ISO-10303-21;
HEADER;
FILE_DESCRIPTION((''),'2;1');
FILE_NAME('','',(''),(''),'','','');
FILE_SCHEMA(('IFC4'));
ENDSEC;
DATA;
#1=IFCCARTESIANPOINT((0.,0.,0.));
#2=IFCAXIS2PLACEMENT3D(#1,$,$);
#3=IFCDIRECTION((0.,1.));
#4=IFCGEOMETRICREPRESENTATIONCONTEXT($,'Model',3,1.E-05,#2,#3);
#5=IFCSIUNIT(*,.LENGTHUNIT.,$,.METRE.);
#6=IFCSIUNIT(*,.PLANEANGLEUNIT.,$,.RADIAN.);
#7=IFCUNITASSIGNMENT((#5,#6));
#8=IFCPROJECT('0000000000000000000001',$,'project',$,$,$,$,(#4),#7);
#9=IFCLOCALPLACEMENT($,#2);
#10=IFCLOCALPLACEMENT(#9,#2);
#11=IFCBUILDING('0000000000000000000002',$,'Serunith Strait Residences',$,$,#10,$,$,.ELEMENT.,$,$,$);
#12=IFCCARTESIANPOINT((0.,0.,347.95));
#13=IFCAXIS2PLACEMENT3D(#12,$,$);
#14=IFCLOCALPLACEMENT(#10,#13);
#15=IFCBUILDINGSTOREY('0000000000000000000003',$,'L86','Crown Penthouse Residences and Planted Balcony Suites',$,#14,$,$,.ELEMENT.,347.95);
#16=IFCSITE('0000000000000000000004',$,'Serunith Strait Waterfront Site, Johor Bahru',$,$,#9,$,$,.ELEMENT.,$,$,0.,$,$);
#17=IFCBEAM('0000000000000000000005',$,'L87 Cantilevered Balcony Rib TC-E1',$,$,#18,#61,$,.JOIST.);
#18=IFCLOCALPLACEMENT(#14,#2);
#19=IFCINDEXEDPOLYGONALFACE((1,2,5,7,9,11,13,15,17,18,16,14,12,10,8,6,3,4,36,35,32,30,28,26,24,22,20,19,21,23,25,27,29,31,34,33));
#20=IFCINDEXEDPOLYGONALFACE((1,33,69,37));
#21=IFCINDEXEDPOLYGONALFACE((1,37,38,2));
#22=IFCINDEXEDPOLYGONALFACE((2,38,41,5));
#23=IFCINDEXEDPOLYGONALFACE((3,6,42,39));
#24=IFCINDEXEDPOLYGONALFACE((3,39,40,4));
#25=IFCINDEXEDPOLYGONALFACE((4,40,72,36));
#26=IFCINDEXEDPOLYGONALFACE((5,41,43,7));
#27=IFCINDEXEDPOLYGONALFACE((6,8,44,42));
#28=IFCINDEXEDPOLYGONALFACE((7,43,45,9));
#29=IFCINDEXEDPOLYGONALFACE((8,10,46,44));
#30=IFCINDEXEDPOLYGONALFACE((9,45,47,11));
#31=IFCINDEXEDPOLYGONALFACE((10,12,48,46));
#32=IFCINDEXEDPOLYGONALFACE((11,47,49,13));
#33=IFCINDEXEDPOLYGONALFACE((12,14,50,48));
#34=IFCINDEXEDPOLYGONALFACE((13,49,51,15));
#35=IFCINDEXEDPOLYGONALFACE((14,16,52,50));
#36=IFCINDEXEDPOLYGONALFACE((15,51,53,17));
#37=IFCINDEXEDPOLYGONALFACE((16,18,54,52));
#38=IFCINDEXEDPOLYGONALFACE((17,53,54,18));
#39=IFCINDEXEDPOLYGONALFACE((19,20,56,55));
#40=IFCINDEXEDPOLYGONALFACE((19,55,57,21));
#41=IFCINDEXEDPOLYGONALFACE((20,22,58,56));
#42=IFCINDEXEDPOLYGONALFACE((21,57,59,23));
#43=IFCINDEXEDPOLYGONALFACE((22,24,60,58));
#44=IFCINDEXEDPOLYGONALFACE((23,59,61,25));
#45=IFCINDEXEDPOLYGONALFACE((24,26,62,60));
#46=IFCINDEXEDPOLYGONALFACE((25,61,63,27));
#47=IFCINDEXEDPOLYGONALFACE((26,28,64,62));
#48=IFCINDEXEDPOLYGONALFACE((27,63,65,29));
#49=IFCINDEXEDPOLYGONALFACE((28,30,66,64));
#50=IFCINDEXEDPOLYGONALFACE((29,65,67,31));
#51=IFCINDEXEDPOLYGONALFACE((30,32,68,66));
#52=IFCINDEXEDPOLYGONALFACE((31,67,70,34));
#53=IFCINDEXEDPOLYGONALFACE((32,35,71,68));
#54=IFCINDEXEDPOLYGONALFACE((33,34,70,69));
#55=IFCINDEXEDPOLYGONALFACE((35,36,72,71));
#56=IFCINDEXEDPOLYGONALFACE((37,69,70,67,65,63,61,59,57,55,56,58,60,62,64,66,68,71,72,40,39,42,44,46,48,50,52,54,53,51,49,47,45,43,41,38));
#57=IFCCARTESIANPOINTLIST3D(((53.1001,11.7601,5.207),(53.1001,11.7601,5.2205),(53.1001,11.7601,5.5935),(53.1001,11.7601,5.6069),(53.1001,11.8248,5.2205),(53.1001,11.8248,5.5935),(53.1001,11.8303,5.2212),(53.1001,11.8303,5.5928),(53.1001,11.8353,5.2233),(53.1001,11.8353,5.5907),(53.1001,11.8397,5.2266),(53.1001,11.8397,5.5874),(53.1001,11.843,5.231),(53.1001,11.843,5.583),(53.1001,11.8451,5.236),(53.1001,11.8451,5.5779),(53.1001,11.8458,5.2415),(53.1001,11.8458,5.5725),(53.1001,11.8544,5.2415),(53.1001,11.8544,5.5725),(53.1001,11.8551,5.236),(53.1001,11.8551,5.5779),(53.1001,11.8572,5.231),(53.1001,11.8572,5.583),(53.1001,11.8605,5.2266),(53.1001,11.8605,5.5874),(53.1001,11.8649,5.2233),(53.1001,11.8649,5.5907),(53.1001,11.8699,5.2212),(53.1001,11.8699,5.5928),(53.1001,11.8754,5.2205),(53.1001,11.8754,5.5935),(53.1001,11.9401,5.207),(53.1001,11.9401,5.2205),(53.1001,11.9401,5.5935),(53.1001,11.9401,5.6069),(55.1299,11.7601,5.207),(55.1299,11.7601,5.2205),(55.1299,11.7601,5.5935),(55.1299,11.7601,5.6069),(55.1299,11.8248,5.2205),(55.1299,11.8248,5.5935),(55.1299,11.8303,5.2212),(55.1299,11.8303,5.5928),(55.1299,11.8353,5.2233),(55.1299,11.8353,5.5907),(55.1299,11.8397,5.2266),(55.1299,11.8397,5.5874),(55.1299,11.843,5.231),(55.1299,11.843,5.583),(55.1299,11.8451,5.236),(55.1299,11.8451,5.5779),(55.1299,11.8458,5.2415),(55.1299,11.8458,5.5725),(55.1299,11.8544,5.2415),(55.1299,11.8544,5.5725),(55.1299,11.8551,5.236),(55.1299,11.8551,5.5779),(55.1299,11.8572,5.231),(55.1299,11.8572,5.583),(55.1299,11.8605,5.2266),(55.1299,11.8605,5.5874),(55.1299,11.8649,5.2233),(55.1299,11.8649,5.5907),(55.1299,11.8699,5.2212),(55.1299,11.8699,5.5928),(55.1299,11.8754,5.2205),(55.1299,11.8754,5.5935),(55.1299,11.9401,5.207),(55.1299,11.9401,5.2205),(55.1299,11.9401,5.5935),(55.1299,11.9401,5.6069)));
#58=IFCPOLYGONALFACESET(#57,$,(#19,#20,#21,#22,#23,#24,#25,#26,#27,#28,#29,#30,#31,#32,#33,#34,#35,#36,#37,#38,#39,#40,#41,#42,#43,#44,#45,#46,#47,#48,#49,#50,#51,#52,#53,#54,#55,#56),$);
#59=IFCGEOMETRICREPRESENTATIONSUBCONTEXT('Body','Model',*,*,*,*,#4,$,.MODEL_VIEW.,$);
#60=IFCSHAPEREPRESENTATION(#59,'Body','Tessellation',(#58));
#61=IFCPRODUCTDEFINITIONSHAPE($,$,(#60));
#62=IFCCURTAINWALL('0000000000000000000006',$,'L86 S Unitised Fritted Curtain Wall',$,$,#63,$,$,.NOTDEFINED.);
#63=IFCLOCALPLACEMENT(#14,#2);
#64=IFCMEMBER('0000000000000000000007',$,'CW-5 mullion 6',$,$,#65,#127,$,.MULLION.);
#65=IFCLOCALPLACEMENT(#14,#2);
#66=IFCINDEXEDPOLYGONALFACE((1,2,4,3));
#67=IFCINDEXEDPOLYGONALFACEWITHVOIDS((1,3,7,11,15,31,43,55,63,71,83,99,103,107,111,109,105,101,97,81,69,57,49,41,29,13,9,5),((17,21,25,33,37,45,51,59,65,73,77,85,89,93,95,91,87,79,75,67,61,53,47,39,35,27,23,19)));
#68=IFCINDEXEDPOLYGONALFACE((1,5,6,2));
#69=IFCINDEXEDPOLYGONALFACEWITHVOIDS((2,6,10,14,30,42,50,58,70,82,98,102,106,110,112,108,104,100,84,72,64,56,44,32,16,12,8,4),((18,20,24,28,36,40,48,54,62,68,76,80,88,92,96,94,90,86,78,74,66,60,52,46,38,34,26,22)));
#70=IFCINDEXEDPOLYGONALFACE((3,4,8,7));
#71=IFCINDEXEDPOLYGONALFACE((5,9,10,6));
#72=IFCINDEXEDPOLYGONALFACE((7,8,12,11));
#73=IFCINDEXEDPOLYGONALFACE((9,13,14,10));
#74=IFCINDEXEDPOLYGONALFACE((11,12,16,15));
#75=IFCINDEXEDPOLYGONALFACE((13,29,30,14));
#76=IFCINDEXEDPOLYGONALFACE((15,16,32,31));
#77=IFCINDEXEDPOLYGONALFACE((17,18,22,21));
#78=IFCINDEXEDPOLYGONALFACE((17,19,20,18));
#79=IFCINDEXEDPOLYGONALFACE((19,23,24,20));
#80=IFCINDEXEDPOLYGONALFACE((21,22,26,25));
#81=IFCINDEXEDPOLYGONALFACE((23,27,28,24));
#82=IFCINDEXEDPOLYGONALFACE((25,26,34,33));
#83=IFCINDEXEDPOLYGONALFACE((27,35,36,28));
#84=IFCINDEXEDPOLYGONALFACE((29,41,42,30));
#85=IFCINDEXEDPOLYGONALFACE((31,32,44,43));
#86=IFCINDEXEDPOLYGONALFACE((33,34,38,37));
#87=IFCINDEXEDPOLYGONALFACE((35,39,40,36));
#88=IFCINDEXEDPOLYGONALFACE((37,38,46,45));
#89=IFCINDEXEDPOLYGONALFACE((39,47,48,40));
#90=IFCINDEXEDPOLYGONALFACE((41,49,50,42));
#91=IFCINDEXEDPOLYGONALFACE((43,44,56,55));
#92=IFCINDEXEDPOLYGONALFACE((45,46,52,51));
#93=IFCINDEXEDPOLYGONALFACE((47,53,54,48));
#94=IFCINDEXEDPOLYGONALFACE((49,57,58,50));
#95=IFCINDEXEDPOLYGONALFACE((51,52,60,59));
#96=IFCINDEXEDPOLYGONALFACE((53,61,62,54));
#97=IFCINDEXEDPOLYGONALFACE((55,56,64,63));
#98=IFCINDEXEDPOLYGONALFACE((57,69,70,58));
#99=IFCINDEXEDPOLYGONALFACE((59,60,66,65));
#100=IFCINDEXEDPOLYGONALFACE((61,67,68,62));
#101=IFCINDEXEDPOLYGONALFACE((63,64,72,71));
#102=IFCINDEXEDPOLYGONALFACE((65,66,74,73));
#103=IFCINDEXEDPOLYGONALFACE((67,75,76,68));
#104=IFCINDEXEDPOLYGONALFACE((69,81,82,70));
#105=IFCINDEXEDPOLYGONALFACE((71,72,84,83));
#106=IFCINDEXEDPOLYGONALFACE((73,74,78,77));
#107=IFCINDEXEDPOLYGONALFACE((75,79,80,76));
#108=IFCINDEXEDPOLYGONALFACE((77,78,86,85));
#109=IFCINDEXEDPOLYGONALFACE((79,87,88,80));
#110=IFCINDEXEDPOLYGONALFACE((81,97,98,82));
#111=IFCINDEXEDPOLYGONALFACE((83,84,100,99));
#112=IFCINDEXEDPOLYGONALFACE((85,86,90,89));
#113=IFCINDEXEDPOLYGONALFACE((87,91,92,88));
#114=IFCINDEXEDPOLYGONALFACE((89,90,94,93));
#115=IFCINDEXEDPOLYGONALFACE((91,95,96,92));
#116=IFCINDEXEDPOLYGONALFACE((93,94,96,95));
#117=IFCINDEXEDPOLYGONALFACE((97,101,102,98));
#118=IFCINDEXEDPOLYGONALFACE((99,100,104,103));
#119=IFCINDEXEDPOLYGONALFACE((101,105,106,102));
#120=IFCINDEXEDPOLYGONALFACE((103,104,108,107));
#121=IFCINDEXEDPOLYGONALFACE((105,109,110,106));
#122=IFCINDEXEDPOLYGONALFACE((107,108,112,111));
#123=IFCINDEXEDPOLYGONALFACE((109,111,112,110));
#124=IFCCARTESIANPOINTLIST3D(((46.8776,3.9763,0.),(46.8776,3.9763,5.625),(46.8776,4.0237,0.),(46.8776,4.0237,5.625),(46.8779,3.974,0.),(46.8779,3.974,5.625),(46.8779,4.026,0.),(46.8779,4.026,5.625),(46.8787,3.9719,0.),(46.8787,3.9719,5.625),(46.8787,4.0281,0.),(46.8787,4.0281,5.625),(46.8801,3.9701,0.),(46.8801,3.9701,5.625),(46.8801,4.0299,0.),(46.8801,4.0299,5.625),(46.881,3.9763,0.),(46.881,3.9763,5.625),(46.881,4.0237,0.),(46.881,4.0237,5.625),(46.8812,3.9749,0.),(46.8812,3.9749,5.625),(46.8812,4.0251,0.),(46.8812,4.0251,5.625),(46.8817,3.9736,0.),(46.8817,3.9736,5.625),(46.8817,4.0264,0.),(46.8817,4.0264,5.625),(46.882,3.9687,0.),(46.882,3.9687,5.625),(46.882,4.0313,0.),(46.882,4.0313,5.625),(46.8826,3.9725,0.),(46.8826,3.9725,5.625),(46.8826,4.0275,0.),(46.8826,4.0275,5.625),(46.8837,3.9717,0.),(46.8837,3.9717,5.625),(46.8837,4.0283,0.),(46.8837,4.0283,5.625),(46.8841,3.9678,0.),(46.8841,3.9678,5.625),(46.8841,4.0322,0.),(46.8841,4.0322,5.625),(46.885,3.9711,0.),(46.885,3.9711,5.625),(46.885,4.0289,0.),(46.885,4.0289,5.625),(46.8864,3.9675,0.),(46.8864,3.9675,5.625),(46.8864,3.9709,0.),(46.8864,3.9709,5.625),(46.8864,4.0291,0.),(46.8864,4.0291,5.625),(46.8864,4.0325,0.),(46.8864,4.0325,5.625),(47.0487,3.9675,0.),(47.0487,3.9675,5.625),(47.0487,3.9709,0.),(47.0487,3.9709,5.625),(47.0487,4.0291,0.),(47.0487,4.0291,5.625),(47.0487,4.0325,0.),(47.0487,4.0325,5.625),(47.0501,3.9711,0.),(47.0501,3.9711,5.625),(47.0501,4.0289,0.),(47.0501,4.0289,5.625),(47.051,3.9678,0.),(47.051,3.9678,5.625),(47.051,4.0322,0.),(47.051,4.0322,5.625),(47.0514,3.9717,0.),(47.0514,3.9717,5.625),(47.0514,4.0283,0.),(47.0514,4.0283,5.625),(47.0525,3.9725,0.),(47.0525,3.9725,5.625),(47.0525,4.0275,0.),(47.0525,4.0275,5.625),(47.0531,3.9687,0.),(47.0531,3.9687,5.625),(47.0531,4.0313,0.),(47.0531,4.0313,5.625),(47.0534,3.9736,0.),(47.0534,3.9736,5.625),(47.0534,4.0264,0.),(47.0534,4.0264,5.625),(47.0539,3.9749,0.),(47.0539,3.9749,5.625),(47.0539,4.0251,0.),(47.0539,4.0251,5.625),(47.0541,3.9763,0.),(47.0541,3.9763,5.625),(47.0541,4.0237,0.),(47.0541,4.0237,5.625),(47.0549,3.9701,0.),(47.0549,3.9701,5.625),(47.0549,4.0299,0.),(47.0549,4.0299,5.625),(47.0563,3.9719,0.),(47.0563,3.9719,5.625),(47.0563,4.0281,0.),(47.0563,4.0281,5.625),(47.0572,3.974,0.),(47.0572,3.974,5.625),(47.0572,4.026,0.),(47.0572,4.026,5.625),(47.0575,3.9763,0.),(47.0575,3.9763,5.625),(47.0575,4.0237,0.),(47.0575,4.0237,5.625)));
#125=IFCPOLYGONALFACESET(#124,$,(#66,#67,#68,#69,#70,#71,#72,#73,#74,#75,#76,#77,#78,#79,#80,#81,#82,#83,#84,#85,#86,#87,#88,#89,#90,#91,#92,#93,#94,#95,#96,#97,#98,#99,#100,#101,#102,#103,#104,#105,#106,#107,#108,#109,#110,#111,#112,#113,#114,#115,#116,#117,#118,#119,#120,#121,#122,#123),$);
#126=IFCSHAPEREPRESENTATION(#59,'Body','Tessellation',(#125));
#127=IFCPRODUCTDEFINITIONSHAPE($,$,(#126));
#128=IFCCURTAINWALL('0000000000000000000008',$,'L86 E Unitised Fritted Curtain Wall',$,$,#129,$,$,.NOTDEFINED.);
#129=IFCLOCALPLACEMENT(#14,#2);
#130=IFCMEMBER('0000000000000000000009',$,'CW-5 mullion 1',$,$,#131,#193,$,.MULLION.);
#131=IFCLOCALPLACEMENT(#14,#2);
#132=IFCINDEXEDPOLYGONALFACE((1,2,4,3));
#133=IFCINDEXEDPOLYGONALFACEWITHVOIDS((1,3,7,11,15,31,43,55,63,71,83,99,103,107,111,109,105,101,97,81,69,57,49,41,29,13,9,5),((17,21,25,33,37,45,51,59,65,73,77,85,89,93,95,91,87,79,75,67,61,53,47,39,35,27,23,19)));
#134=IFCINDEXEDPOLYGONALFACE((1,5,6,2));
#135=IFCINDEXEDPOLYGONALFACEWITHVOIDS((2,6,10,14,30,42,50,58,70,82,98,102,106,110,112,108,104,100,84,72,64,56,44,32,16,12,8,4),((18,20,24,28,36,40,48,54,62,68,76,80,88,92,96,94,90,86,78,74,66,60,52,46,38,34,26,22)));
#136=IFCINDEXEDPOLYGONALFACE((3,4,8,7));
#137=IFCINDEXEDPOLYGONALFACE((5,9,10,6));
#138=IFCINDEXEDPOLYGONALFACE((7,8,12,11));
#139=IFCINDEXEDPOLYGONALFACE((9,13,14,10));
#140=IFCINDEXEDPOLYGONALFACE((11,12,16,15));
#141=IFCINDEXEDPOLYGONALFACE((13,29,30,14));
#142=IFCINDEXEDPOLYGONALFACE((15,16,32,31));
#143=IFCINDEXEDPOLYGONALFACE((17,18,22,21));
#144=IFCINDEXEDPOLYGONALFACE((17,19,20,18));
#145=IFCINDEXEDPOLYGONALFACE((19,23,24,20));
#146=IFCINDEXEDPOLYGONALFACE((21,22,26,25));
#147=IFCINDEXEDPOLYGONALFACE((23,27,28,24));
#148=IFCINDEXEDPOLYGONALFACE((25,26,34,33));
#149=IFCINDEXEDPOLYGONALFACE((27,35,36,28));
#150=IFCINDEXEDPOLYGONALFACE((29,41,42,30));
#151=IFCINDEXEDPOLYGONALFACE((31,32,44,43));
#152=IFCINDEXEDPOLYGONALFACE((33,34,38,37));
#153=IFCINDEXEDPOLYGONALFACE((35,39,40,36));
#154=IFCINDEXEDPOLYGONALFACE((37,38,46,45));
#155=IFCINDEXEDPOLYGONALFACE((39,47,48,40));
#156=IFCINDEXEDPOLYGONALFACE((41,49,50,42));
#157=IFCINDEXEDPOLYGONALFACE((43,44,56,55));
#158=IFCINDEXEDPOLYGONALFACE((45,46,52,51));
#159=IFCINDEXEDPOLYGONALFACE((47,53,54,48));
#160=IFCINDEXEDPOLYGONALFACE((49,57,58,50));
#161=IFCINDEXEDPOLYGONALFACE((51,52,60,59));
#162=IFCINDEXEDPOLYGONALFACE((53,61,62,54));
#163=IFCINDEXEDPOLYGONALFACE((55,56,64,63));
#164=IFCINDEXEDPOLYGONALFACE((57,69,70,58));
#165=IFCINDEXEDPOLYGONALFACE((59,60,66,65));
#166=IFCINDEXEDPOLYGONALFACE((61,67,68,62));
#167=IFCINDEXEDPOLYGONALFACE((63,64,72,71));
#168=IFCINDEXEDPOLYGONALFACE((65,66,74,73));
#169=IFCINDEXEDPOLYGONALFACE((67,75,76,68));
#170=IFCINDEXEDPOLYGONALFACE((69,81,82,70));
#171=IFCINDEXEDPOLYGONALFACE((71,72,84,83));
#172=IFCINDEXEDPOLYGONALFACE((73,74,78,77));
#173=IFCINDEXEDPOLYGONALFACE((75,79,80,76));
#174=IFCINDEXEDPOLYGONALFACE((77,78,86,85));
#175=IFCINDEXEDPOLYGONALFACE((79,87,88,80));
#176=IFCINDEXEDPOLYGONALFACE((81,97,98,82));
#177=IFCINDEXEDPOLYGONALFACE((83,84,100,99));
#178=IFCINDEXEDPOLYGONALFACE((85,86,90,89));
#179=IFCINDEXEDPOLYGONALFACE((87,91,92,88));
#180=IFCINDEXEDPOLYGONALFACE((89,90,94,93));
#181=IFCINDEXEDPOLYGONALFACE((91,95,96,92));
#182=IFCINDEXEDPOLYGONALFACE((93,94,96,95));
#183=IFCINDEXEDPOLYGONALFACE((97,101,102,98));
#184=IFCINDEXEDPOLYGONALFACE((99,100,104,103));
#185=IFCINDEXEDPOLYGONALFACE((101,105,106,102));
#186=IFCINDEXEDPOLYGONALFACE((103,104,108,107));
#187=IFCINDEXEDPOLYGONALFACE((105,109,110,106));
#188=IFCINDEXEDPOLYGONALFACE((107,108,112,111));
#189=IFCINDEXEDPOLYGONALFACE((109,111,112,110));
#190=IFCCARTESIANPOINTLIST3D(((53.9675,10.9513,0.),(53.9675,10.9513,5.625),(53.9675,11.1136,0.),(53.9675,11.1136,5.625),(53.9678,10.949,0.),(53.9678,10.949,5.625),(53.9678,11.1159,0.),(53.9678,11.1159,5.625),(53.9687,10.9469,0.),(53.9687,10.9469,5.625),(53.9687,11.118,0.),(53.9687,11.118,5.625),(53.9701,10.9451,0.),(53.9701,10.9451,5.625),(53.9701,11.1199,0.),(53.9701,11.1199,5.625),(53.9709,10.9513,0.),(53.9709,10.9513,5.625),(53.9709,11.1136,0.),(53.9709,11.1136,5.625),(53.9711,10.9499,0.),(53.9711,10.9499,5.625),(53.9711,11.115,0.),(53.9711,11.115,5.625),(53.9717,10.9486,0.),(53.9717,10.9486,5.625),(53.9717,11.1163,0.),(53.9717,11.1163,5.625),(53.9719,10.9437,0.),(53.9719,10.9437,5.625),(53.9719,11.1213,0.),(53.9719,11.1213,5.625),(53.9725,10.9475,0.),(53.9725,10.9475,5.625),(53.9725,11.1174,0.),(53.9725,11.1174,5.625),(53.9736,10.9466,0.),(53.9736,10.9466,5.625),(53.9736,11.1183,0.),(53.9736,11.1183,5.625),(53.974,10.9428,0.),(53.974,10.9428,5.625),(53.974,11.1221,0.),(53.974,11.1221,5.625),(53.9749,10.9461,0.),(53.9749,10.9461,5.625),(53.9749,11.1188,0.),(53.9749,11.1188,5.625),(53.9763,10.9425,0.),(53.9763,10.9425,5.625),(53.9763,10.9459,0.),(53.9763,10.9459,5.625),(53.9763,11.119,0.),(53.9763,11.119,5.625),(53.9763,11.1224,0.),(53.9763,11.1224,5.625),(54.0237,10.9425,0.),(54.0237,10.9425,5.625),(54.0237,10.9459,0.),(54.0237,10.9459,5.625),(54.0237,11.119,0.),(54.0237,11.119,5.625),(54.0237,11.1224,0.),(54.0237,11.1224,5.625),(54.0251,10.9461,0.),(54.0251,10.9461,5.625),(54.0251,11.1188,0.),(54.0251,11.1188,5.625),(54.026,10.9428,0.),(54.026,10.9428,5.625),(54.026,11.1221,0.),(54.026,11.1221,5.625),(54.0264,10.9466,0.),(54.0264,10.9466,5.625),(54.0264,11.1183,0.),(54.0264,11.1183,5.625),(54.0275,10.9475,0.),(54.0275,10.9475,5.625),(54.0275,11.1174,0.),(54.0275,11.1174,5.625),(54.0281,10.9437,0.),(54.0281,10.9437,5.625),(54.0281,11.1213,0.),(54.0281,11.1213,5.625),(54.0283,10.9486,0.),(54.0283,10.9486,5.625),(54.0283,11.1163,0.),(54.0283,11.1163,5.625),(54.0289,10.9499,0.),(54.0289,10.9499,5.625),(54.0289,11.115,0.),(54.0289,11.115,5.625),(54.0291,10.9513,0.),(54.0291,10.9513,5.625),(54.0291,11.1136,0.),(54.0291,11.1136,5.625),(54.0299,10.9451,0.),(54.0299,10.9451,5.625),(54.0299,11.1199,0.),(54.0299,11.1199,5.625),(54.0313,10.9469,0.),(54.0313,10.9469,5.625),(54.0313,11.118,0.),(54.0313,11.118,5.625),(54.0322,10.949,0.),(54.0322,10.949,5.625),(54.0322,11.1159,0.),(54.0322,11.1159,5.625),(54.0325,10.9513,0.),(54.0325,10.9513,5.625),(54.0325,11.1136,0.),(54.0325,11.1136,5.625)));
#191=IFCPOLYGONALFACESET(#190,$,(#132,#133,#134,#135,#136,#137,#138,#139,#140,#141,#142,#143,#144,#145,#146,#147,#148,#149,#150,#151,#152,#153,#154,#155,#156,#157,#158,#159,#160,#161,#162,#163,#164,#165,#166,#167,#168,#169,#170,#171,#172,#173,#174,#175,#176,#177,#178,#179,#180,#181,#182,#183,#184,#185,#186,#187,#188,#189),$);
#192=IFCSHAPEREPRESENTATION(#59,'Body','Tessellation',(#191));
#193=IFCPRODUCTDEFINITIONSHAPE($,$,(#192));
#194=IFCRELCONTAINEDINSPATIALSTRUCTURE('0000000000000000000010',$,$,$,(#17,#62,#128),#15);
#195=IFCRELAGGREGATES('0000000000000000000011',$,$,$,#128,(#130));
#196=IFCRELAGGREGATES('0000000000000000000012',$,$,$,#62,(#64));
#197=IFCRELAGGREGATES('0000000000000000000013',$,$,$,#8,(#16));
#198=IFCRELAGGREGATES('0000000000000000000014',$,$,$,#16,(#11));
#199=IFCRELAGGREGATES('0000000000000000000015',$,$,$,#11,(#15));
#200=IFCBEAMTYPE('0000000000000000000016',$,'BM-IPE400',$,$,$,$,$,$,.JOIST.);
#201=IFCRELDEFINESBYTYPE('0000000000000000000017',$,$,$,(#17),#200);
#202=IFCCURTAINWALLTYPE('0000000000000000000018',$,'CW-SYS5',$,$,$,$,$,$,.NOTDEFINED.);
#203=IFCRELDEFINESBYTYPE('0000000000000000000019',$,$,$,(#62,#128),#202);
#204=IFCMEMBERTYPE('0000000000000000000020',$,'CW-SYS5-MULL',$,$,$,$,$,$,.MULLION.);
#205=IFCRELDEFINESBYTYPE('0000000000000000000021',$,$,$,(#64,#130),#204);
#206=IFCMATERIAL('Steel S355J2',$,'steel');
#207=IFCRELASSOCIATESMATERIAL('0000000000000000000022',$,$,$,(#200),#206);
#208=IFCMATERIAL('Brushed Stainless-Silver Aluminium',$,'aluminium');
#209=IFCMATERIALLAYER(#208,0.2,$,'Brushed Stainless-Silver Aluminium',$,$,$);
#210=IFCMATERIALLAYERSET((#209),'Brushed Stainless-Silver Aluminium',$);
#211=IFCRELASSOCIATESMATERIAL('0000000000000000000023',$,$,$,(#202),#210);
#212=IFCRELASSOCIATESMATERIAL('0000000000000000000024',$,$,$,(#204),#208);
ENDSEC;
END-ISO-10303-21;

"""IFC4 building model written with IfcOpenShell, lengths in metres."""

from ifc_helpers import new_model, si_unit, direction, frame, origin, origin_2d, place, context, subcontext, project, spatial, hollow_rectangle, i_section, extrude, source, transform, mapped, material, layer, layer_set, material_profile, profile_set, type_object, element, aggregate, save


model = new_model("IFC4")

# Units and contexts
model_context = context("Model", 3, precision=1e-05, world=origin(), true_north=direction((0.0, 1.0)))
body_context = subcontext(model_context, "Body", "Model", "MODEL_VIEW")
ifc_project = project(units=[si_unit("LENGTHUNIT", "METRE"), si_unit("PLANEANGLEUNIT", "RADIAN")], contexts=[model_context])

# Site, building, storey
site_placement = place(None, origin())
site = spatial("IfcSite", under=ifc_project, at=site_placement, Name="Serunith Strait Waterfront Site, Johor Bahru", CompositionType="ELEMENT", RefElevation=0.0)
building_placement = place(site_placement, origin())
building = spatial("IfcBuilding", under=site, at=building_placement, Name="Serunith Strait Residences", CompositionType="ELEMENT")
storey_placement = place(building_placement, frame((0.0, 0.0, 347.95)))
storey = spatial("IfcBuildingStorey", under=building, at=storey_placement, Name="L86", Description="Crown Penthouse Residences and Planted Balcony Suites", CompositionType="ELEMENT", Elevation=347.95)

# Beam
ifc_material_1 = material(Name="Steel S355J2", Category="steel")
ifc_material_profile_1 = material_profile(ifc_material_1, i_section(OverallWidth=0.1799, OverallDepth=0.3999, WebThickness=0.0085, FlangeThickness=0.0134, FilletRadius=0.021, at=origin_2d()), Name="IPE 400")
ifc_profile_set_1 = profile_set([ifc_material_profile_1], Name="Steel S355J2")
beam_type_1 = type_object("IfcBeamType", Name="BM-IPE400", PredefinedType="JOIST", material=ifc_profile_set_1)
shared_shape_1 = source(origin(), body_context, "Body", "SweptSolid", [
    extrude(i_section(OverallWidth=0.1799, OverallDepth=0.3999, WebThickness=0.0085, FlangeThickness=0.0134, FilletRadius=0.021, at=origin_2d()), origin(), (0.0, 0.0, 1.0), 2.0298),
])
for number, where, z_axis, x_axis, name in (
    (1, (53.1001, 11.8501, 5.407), (1.0, 0.0, 0.0), (0.0, 1.0, 0.0), "L87 Cantilevered Balcony Rib TC-E1"),
):
    element("IfcBeam", number, at=place(storey_placement, frame(where, z_axis=z_axis, x_axis=x_axis)), inside=storey, type_object=beam_type_1, Name=name, PredefinedType="JOIST", context=body_context, shape_type="MappedRepresentation", body=[
        mapped(shared_shape_1, transform((0.0, 0.0, 0.0), scale=1.0)),
    ])

# Curtain wall, member
ifc_material_2 = material(Name="Brushed Stainless-Silver Aluminium", Category="aluminium")
ifc_layer_1 = layer(ifc_material_2, 0.2, Name="Brushed Stainless-Silver Aluminium")
ifc_layer_set_1 = layer_set([ifc_layer_1], Name="Brushed Stainless-Silver Aluminium")
curtain_wall_type = type_object("IfcCurtainWallType", Name="CW-SYS5", PredefinedType="NOTDEFINED", material=ifc_layer_set_1)
curtain_wall_1_placement = place(storey_placement, origin())
curtain_wall_1 = element("IfcCurtainWall", 2, at=curtain_wall_1_placement, inside=storey, type_object=curtain_wall_type, Name="L86 S Unitised Fritted Curtain Wall", PredefinedType="NOTDEFINED")
ifc_material_profile_2 = material_profile(ifc_material_2, hollow_rectangle(XDim=0.0649, YDim=0.1799, WallThickness=0.0034, InnerFilletRadius=0.0054, OuterFilletRadius=0.0088, at=origin_2d()), Name="ALU 180x65x3.5")
ifc_profile_set_2 = profile_set([ifc_material_profile_2], Name="Brushed Stainless-Silver Aluminium")
member_type_1 = type_object("IfcMemberType", Name="CW-SYS5-MULL", PredefinedType="MULLION", material=ifc_profile_set_2)
shared_shape_2 = source(origin(), body_context, "Body", "SweptSolid", [
    extrude(hollow_rectangle(XDim=0.0649, YDim=0.1799, WallThickness=0.0034, InnerFilletRadius=0.0054, OuterFilletRadius=0.0088, at=origin_2d()), origin(), (0.0, 0.0, 1.0), 5.625),
])
member_1_placement = place(storey_placement, frame((46.9675, 4.0, 0.0), z_axis=(0.0, 0.0, 1.0), x_axis=(0.0, 1.0, 0.0)))
member_1 = element("IfcMember", 3, at=member_1_placement, type_object=member_type_1, Name="CW-5 mullion 6", PredefinedType="MULLION", context=body_context, shape_type="MappedRepresentation", body=[
    mapped(shared_shape_2, transform((0.0, 0.0, 0.0), scale=1.0)),
])

# Curtain wall, member
curtain_wall_2_placement = place(storey_placement, origin())
curtain_wall_2 = element("IfcCurtainWall", 4, at=curtain_wall_2_placement, inside=storey, type_object=curtain_wall_type, Name="L86 E Unitised Fritted Curtain Wall", PredefinedType="NOTDEFINED")
member_2_placement = place(storey_placement, frame((54.0, 11.0325, 0.0), z_axis=(0.0, 0.0, 1.0), x_axis=(-1.0, 0.0, 0.0)))
member_2 = element("IfcMember", 5, at=member_2_placement, type_object=member_type_1, Name="CW-5 mullion 1", PredefinedType="MULLION", context=body_context, shape_type="MappedRepresentation", body=[
    mapped(shared_shape_2, transform((0.0, 0.0, 0.0), scale=1.0)),
])
aggregate(curtain_wall_2, [member_2])

aggregate(curtain_wall_1, [member_1])

save(model, "model.ifc")
